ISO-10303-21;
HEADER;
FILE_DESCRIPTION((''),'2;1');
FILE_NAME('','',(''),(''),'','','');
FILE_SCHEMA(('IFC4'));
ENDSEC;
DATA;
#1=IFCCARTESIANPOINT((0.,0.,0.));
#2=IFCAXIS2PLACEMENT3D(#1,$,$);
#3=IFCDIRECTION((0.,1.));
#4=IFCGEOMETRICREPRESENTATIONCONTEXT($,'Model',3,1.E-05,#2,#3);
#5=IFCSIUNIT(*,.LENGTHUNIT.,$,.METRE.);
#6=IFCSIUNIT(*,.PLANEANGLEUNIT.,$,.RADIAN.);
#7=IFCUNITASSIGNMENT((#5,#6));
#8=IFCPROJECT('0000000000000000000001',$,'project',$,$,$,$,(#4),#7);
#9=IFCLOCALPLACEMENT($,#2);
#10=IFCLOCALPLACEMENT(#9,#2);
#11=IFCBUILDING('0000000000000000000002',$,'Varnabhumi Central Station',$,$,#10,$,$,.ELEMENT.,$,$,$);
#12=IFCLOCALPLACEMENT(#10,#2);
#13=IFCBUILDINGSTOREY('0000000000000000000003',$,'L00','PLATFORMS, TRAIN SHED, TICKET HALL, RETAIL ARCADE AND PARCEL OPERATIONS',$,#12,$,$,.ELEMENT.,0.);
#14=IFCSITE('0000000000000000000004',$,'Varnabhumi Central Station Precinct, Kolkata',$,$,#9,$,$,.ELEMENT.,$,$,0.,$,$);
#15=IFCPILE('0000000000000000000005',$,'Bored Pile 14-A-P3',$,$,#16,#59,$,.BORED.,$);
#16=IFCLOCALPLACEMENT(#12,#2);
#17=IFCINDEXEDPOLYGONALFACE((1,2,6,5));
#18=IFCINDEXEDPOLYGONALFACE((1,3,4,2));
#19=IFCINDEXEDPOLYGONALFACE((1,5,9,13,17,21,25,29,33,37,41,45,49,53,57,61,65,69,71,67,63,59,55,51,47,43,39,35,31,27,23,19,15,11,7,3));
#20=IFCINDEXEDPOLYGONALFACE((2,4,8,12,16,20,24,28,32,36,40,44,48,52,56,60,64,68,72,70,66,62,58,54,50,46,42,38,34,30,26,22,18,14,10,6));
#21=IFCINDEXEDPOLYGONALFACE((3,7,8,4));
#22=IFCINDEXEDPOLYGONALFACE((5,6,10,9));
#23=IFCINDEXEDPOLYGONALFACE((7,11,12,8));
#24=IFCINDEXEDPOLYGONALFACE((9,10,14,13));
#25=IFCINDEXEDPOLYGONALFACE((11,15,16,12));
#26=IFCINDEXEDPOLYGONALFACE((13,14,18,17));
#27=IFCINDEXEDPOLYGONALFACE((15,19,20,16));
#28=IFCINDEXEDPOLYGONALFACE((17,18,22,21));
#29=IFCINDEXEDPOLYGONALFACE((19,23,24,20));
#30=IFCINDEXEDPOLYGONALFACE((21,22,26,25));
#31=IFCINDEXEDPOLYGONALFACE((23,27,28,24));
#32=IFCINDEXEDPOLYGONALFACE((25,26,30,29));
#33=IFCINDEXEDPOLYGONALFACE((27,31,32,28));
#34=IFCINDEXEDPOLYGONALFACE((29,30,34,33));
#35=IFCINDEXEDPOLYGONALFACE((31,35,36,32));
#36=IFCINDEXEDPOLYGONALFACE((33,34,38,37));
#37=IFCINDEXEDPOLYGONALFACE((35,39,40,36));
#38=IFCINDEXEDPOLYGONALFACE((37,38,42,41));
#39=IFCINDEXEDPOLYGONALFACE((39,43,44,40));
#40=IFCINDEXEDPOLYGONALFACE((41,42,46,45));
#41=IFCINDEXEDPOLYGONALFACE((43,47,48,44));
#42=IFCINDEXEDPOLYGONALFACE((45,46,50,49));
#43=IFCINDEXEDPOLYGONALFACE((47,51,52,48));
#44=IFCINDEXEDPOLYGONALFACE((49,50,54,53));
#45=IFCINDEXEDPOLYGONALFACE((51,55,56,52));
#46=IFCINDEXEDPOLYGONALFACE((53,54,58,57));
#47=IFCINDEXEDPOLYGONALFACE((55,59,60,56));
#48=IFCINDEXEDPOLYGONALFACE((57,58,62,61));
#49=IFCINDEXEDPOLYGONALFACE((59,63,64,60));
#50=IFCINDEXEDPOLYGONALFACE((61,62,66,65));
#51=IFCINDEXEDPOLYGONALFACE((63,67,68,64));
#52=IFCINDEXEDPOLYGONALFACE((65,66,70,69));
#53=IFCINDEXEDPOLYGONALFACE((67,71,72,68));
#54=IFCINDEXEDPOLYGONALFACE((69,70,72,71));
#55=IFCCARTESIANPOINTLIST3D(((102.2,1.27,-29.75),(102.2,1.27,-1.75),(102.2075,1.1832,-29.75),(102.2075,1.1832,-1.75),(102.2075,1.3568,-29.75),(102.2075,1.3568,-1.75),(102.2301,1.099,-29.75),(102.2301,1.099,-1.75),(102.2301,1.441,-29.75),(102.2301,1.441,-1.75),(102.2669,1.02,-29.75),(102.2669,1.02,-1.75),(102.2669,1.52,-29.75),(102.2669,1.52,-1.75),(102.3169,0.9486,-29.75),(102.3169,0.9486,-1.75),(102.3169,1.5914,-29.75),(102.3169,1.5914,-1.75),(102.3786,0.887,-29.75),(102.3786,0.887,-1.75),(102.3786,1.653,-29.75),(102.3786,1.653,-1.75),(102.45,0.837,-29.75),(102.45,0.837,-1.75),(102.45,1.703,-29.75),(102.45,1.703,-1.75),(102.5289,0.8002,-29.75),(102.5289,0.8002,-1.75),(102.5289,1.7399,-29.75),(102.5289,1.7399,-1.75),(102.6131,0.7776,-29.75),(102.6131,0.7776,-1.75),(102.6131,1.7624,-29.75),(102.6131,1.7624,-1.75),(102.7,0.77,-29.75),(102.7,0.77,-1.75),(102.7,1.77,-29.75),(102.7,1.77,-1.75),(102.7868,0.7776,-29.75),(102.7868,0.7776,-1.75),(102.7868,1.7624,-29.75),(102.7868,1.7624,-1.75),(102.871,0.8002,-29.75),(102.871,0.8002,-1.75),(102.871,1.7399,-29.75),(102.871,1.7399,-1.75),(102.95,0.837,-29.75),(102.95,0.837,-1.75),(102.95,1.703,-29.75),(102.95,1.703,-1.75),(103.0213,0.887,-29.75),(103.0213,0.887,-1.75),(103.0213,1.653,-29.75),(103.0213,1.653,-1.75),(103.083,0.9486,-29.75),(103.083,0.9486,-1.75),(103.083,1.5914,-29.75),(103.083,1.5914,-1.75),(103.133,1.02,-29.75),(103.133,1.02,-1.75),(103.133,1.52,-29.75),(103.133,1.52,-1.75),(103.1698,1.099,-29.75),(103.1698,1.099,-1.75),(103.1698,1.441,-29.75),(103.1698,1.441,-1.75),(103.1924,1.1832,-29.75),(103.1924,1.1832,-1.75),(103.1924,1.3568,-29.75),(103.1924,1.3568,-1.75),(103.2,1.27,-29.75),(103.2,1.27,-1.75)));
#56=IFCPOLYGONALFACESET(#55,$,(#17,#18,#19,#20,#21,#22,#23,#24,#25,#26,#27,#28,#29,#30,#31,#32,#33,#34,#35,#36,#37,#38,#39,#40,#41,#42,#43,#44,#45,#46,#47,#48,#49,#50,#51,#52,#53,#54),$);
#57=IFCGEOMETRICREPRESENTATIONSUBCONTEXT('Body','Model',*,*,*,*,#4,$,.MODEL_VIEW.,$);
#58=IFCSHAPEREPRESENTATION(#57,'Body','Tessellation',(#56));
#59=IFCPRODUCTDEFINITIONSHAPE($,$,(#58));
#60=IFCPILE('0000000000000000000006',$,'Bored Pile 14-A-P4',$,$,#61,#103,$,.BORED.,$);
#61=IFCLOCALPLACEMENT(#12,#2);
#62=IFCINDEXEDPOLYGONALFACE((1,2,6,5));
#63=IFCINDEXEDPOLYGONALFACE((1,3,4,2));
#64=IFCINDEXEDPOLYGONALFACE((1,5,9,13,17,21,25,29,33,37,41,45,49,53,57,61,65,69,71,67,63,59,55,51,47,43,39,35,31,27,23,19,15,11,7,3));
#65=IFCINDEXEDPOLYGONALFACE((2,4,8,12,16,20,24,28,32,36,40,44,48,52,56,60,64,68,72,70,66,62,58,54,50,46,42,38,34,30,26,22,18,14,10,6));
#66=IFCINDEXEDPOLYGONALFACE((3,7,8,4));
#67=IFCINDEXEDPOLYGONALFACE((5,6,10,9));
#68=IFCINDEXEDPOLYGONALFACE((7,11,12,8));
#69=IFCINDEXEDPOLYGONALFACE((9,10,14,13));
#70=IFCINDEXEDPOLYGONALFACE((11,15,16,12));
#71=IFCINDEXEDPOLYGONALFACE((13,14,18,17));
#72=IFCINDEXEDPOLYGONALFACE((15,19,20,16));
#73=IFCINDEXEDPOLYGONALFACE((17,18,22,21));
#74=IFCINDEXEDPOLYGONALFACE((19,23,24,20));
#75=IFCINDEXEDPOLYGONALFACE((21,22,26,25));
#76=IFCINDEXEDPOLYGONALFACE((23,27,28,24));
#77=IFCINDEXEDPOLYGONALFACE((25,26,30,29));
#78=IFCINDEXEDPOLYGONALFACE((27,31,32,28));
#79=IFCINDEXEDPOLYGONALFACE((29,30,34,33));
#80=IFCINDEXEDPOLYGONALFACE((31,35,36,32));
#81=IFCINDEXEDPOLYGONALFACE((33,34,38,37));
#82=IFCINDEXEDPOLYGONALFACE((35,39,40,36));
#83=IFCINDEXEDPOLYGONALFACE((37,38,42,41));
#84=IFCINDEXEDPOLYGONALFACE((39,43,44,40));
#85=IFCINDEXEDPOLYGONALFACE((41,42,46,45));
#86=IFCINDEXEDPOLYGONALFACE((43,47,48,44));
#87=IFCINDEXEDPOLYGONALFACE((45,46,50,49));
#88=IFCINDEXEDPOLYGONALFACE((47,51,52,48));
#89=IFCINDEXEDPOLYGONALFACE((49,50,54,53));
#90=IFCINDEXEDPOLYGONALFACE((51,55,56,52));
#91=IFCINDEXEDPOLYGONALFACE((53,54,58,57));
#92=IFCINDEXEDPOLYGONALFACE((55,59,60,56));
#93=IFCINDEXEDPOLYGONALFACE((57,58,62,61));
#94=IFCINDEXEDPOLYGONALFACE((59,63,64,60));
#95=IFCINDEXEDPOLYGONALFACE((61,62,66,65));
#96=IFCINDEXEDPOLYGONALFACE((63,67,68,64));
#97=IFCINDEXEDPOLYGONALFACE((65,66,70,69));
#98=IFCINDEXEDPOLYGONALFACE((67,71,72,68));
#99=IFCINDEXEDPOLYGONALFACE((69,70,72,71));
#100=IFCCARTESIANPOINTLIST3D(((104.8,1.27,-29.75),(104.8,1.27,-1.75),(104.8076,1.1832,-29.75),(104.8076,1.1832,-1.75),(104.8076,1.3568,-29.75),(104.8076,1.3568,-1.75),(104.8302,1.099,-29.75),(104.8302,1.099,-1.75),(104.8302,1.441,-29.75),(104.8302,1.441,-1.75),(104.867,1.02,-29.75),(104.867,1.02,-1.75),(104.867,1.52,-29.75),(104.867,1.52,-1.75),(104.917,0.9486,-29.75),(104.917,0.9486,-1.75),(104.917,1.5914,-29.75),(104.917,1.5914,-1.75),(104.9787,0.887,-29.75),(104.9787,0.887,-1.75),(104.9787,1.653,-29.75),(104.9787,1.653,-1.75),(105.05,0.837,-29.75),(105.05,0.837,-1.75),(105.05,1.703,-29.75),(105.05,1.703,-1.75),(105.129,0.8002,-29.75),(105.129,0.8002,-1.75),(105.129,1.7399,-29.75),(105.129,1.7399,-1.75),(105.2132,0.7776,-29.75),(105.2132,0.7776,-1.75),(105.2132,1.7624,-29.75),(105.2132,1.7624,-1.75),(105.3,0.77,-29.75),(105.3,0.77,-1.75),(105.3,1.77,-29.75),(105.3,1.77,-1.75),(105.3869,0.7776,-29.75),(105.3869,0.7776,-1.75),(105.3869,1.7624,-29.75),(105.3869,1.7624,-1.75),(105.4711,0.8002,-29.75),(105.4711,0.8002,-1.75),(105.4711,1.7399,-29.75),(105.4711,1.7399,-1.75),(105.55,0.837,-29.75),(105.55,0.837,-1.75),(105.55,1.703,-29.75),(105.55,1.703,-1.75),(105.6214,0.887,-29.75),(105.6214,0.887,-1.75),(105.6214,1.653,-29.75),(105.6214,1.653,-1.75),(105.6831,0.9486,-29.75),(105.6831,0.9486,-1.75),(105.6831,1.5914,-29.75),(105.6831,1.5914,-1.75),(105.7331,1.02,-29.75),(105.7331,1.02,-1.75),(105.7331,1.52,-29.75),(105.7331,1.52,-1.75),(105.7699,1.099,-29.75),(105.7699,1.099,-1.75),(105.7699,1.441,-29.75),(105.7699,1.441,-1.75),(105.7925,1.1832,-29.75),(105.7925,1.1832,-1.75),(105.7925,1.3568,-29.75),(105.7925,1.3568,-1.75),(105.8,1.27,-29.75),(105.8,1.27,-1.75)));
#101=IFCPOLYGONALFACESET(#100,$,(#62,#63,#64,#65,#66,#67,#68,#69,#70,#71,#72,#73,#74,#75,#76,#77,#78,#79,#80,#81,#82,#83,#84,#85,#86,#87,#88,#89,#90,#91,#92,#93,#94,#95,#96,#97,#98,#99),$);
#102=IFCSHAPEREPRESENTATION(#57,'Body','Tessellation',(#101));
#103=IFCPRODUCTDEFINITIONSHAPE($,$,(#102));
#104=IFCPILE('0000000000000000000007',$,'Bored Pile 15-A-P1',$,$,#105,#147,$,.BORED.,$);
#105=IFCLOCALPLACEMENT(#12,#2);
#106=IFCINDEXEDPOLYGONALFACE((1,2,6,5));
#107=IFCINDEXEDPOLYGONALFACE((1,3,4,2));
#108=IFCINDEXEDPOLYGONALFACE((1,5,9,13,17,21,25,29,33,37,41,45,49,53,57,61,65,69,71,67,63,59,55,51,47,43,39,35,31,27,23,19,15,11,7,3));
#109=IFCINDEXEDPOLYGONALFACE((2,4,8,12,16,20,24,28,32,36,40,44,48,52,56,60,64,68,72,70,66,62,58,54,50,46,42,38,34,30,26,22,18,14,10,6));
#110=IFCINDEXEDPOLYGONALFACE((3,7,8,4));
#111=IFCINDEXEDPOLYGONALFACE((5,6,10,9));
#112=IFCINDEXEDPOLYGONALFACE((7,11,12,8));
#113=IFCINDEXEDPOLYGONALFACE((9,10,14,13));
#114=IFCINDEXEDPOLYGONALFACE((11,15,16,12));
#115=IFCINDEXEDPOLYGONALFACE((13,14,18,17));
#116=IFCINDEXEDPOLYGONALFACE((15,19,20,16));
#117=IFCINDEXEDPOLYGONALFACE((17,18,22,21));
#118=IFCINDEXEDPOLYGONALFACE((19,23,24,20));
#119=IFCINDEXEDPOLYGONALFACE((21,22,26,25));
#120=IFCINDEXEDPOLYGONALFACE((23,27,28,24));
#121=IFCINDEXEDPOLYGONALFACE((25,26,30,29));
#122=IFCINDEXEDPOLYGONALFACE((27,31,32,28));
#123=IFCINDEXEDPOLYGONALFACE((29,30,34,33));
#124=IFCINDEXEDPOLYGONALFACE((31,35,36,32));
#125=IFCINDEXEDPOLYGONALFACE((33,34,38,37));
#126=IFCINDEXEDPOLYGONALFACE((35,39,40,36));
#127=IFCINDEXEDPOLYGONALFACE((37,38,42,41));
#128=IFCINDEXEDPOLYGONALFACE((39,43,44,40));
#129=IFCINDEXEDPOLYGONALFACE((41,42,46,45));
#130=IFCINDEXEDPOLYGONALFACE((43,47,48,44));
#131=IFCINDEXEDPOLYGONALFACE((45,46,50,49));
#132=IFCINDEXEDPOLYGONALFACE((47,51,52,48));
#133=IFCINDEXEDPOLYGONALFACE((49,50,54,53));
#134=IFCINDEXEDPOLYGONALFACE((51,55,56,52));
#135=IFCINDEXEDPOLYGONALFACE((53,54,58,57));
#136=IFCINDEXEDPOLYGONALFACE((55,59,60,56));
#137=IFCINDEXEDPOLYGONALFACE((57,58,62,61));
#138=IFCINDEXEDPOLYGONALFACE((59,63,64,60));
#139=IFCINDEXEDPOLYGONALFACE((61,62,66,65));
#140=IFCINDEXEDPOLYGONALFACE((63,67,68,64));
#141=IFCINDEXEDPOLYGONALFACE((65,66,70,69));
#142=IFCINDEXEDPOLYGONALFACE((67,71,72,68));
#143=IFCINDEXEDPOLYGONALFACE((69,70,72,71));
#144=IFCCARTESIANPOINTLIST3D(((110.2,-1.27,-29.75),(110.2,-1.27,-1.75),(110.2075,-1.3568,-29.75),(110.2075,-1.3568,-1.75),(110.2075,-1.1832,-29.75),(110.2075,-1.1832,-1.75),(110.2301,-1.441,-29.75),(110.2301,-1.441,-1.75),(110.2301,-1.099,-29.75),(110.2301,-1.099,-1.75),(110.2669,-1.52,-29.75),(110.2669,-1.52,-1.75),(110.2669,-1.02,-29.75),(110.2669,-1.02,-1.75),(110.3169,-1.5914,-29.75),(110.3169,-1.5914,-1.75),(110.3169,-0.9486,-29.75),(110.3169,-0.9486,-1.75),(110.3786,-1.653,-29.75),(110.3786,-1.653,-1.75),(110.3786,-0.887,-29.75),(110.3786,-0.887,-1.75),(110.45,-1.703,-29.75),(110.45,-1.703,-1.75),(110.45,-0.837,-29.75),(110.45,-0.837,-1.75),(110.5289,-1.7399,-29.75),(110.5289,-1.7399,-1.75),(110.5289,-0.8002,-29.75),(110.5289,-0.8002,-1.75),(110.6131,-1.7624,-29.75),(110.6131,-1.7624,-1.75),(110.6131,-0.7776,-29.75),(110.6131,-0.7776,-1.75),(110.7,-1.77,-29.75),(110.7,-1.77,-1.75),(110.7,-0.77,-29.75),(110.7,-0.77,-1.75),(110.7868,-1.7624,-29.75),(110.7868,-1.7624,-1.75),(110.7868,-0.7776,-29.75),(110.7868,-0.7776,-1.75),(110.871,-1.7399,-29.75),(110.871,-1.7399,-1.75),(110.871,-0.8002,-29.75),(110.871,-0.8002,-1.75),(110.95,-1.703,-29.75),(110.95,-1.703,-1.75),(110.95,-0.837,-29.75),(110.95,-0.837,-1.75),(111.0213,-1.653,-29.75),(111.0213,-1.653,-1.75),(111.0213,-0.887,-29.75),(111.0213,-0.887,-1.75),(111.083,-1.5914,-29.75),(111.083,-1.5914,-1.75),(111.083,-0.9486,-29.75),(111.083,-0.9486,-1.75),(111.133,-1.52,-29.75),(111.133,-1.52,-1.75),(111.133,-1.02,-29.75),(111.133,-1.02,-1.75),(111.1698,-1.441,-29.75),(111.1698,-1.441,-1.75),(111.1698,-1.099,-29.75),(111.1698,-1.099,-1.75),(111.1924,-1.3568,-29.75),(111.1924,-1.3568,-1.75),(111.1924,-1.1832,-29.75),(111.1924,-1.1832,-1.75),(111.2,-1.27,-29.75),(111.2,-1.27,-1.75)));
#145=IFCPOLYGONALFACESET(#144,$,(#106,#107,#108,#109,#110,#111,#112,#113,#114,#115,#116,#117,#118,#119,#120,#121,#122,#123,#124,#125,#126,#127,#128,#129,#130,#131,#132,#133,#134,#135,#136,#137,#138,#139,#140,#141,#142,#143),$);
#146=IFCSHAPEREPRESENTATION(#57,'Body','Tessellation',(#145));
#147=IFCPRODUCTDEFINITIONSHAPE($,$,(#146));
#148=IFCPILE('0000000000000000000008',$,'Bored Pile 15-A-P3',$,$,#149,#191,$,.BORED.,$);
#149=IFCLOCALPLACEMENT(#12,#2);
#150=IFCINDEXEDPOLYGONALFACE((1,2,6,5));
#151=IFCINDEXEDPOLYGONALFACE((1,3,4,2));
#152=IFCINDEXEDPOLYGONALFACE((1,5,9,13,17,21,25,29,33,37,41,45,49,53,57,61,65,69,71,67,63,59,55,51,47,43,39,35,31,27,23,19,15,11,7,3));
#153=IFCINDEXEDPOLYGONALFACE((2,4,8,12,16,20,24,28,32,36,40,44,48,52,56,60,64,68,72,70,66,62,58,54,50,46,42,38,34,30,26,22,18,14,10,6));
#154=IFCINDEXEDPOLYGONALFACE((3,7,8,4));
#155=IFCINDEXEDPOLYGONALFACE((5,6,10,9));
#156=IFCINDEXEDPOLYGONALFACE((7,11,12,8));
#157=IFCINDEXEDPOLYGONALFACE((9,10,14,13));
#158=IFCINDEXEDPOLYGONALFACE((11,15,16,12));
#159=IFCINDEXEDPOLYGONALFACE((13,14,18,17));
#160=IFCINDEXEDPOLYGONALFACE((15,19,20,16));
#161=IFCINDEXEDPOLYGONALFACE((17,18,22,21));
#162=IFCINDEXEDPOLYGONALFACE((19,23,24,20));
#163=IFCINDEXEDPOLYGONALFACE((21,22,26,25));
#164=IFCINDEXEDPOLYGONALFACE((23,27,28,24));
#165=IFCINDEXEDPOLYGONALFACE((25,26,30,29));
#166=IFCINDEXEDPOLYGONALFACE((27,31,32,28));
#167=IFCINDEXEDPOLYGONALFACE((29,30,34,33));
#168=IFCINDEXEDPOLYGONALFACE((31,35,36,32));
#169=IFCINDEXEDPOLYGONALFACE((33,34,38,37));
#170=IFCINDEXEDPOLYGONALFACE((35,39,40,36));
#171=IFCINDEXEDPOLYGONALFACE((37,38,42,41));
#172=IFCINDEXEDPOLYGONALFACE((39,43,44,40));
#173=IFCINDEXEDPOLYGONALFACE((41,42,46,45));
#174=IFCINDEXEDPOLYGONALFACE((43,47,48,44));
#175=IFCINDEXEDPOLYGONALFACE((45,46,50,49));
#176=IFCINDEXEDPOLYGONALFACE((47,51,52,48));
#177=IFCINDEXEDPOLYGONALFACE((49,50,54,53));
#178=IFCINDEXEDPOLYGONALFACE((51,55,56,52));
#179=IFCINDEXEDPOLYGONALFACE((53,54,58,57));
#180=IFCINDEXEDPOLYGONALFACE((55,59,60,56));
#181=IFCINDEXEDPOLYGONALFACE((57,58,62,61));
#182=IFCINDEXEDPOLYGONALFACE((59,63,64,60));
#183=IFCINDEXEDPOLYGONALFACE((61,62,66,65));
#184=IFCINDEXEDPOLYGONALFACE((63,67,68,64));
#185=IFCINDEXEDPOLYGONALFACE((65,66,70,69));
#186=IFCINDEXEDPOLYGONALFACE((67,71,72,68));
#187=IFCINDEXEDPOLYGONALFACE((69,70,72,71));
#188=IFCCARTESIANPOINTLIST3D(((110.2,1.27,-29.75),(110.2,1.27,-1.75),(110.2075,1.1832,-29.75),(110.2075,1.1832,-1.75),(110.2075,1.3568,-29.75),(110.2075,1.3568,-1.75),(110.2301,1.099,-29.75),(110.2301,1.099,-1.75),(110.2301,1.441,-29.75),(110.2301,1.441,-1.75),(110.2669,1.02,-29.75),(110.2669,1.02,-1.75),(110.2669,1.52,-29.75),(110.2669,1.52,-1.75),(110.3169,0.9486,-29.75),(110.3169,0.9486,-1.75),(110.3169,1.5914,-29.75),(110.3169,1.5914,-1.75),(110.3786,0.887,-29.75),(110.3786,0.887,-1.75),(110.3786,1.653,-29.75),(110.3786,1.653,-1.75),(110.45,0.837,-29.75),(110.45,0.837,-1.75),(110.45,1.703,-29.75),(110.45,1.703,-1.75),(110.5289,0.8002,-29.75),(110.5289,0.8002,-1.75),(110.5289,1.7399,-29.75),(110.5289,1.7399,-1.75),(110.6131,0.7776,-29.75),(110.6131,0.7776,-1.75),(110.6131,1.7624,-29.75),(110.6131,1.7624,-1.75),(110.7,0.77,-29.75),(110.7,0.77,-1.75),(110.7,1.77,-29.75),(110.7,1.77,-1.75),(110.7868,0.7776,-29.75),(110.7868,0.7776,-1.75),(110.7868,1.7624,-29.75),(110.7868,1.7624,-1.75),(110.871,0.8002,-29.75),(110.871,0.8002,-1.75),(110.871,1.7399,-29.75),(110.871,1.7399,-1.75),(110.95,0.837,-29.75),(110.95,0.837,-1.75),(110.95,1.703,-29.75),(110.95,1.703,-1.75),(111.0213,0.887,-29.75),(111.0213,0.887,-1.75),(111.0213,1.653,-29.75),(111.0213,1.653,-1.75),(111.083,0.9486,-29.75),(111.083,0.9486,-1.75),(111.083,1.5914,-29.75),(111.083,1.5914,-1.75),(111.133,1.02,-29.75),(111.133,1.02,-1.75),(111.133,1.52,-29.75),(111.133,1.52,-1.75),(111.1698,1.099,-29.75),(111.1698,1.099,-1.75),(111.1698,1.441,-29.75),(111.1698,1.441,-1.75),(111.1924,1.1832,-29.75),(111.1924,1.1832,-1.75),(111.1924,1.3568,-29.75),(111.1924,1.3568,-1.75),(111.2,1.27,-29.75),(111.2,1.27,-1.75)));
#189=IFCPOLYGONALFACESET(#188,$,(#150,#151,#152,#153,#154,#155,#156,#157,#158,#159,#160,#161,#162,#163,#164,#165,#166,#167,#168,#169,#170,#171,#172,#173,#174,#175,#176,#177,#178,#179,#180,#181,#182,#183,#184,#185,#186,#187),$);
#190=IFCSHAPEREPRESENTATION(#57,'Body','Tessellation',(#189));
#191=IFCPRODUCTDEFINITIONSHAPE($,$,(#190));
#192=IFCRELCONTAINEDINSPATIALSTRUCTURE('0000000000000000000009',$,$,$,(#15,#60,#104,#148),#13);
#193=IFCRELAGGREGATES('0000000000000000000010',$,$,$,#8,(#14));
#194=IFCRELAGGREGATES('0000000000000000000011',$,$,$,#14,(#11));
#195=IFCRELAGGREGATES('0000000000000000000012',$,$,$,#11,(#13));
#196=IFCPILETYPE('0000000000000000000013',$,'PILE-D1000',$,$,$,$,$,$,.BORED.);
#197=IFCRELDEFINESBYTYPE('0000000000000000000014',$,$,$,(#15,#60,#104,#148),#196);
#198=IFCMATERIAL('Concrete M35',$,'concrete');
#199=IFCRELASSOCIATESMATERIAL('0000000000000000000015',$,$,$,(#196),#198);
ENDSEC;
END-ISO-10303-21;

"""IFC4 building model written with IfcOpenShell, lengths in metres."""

from ifc_helpers import new_model, si_unit, direction, frame, origin, origin_2d, place, context, subcontext, project, spatial, circle, extrude, material, material_profile, profile_set, type_object, element, save


model = new_model("IFC4")

# Units and contexts
model_context = context("Model", 3, precision=1e-05, world=origin(), true_north=direction((0.0, 1.0)))
body_context = subcontext(model_context, "Body", "Model", "MODEL_VIEW")
ifc_project = project(units=[si_unit("LENGTHUNIT", "METRE"), si_unit("PLANEANGLEUNIT", "RADIAN")], contexts=[model_context])

# Site, building, storey
site_placement = place(None, origin())
site = spatial("IfcSite", under=ifc_project, at=site_placement, Name="Varnabhumi Central Station Precinct, Kolkata", CompositionType="ELEMENT", RefElevation=0.0)
building_placement = place(site_placement, origin())
building = spatial("IfcBuilding", under=site, at=building_placement, Name="Varnabhumi Central Station", CompositionType="ELEMENT")
storey_placement = place(building_placement, origin())
storey = spatial("IfcBuildingStorey", under=building, at=storey_placement, Name="L00", Description="PLATFORMS, TRAIN SHED, TICKET HALL, RETAIL ARCADE AND PARCEL OPERATIONS", CompositionType="ELEMENT", Elevation=0.0)

# Piles
ifc_material_1 = material(Name="Concrete M35", Category="concrete")
ifc_material_profile_1 = material_profile(ifc_material_1, circle(Radius=0.5, at=origin_2d()), Name="Concrete M35", Category="concrete")
ifc_profile_set_1 = profile_set([ifc_material_profile_1], Name="Concrete M35")
pile_type_1 = type_object("IfcPileType", Name="PILE-D1000", PredefinedType="BORED", material=ifc_profile_set_1)
for number, where, z_axis, x_axis, name in (
    (1, (102.7, 1.27, -1.75), (0.0, 0.0, -1.0), (1.0, 0.0, 0.0), "Bored Pile 14-A-P3"),
    (2, (105.3, 1.27, -1.75), (0.0, 0.0, -1.0), (1.0, 0.0, 0.0), "Bored Pile 14-A-P4"),
    (3, (110.7, -1.27, -1.75), (0.0, 0.0, -1.0), (1.0, 0.0, 0.0), "Bored Pile 15-A-P1"),
    (4, (110.7, 1.27, -1.75), (0.0, 0.0, -1.0), (1.0, 0.0, 0.0), "Bored Pile 15-A-P3"),
):
    element("IfcPile", number, at=place(storey_placement, frame(where, z_axis=z_axis, x_axis=x_axis)), inside=storey, type_object=pile_type_1, Name=name, PredefinedType="BORED", context=body_context, shape_type="SweptSolid", body=[
        extrude(circle(Radius=0.5, at=origin_2d()), origin(), (0.0, 0.0, 1.0), 28.0),
    ])

save(model, "model.ifc")
